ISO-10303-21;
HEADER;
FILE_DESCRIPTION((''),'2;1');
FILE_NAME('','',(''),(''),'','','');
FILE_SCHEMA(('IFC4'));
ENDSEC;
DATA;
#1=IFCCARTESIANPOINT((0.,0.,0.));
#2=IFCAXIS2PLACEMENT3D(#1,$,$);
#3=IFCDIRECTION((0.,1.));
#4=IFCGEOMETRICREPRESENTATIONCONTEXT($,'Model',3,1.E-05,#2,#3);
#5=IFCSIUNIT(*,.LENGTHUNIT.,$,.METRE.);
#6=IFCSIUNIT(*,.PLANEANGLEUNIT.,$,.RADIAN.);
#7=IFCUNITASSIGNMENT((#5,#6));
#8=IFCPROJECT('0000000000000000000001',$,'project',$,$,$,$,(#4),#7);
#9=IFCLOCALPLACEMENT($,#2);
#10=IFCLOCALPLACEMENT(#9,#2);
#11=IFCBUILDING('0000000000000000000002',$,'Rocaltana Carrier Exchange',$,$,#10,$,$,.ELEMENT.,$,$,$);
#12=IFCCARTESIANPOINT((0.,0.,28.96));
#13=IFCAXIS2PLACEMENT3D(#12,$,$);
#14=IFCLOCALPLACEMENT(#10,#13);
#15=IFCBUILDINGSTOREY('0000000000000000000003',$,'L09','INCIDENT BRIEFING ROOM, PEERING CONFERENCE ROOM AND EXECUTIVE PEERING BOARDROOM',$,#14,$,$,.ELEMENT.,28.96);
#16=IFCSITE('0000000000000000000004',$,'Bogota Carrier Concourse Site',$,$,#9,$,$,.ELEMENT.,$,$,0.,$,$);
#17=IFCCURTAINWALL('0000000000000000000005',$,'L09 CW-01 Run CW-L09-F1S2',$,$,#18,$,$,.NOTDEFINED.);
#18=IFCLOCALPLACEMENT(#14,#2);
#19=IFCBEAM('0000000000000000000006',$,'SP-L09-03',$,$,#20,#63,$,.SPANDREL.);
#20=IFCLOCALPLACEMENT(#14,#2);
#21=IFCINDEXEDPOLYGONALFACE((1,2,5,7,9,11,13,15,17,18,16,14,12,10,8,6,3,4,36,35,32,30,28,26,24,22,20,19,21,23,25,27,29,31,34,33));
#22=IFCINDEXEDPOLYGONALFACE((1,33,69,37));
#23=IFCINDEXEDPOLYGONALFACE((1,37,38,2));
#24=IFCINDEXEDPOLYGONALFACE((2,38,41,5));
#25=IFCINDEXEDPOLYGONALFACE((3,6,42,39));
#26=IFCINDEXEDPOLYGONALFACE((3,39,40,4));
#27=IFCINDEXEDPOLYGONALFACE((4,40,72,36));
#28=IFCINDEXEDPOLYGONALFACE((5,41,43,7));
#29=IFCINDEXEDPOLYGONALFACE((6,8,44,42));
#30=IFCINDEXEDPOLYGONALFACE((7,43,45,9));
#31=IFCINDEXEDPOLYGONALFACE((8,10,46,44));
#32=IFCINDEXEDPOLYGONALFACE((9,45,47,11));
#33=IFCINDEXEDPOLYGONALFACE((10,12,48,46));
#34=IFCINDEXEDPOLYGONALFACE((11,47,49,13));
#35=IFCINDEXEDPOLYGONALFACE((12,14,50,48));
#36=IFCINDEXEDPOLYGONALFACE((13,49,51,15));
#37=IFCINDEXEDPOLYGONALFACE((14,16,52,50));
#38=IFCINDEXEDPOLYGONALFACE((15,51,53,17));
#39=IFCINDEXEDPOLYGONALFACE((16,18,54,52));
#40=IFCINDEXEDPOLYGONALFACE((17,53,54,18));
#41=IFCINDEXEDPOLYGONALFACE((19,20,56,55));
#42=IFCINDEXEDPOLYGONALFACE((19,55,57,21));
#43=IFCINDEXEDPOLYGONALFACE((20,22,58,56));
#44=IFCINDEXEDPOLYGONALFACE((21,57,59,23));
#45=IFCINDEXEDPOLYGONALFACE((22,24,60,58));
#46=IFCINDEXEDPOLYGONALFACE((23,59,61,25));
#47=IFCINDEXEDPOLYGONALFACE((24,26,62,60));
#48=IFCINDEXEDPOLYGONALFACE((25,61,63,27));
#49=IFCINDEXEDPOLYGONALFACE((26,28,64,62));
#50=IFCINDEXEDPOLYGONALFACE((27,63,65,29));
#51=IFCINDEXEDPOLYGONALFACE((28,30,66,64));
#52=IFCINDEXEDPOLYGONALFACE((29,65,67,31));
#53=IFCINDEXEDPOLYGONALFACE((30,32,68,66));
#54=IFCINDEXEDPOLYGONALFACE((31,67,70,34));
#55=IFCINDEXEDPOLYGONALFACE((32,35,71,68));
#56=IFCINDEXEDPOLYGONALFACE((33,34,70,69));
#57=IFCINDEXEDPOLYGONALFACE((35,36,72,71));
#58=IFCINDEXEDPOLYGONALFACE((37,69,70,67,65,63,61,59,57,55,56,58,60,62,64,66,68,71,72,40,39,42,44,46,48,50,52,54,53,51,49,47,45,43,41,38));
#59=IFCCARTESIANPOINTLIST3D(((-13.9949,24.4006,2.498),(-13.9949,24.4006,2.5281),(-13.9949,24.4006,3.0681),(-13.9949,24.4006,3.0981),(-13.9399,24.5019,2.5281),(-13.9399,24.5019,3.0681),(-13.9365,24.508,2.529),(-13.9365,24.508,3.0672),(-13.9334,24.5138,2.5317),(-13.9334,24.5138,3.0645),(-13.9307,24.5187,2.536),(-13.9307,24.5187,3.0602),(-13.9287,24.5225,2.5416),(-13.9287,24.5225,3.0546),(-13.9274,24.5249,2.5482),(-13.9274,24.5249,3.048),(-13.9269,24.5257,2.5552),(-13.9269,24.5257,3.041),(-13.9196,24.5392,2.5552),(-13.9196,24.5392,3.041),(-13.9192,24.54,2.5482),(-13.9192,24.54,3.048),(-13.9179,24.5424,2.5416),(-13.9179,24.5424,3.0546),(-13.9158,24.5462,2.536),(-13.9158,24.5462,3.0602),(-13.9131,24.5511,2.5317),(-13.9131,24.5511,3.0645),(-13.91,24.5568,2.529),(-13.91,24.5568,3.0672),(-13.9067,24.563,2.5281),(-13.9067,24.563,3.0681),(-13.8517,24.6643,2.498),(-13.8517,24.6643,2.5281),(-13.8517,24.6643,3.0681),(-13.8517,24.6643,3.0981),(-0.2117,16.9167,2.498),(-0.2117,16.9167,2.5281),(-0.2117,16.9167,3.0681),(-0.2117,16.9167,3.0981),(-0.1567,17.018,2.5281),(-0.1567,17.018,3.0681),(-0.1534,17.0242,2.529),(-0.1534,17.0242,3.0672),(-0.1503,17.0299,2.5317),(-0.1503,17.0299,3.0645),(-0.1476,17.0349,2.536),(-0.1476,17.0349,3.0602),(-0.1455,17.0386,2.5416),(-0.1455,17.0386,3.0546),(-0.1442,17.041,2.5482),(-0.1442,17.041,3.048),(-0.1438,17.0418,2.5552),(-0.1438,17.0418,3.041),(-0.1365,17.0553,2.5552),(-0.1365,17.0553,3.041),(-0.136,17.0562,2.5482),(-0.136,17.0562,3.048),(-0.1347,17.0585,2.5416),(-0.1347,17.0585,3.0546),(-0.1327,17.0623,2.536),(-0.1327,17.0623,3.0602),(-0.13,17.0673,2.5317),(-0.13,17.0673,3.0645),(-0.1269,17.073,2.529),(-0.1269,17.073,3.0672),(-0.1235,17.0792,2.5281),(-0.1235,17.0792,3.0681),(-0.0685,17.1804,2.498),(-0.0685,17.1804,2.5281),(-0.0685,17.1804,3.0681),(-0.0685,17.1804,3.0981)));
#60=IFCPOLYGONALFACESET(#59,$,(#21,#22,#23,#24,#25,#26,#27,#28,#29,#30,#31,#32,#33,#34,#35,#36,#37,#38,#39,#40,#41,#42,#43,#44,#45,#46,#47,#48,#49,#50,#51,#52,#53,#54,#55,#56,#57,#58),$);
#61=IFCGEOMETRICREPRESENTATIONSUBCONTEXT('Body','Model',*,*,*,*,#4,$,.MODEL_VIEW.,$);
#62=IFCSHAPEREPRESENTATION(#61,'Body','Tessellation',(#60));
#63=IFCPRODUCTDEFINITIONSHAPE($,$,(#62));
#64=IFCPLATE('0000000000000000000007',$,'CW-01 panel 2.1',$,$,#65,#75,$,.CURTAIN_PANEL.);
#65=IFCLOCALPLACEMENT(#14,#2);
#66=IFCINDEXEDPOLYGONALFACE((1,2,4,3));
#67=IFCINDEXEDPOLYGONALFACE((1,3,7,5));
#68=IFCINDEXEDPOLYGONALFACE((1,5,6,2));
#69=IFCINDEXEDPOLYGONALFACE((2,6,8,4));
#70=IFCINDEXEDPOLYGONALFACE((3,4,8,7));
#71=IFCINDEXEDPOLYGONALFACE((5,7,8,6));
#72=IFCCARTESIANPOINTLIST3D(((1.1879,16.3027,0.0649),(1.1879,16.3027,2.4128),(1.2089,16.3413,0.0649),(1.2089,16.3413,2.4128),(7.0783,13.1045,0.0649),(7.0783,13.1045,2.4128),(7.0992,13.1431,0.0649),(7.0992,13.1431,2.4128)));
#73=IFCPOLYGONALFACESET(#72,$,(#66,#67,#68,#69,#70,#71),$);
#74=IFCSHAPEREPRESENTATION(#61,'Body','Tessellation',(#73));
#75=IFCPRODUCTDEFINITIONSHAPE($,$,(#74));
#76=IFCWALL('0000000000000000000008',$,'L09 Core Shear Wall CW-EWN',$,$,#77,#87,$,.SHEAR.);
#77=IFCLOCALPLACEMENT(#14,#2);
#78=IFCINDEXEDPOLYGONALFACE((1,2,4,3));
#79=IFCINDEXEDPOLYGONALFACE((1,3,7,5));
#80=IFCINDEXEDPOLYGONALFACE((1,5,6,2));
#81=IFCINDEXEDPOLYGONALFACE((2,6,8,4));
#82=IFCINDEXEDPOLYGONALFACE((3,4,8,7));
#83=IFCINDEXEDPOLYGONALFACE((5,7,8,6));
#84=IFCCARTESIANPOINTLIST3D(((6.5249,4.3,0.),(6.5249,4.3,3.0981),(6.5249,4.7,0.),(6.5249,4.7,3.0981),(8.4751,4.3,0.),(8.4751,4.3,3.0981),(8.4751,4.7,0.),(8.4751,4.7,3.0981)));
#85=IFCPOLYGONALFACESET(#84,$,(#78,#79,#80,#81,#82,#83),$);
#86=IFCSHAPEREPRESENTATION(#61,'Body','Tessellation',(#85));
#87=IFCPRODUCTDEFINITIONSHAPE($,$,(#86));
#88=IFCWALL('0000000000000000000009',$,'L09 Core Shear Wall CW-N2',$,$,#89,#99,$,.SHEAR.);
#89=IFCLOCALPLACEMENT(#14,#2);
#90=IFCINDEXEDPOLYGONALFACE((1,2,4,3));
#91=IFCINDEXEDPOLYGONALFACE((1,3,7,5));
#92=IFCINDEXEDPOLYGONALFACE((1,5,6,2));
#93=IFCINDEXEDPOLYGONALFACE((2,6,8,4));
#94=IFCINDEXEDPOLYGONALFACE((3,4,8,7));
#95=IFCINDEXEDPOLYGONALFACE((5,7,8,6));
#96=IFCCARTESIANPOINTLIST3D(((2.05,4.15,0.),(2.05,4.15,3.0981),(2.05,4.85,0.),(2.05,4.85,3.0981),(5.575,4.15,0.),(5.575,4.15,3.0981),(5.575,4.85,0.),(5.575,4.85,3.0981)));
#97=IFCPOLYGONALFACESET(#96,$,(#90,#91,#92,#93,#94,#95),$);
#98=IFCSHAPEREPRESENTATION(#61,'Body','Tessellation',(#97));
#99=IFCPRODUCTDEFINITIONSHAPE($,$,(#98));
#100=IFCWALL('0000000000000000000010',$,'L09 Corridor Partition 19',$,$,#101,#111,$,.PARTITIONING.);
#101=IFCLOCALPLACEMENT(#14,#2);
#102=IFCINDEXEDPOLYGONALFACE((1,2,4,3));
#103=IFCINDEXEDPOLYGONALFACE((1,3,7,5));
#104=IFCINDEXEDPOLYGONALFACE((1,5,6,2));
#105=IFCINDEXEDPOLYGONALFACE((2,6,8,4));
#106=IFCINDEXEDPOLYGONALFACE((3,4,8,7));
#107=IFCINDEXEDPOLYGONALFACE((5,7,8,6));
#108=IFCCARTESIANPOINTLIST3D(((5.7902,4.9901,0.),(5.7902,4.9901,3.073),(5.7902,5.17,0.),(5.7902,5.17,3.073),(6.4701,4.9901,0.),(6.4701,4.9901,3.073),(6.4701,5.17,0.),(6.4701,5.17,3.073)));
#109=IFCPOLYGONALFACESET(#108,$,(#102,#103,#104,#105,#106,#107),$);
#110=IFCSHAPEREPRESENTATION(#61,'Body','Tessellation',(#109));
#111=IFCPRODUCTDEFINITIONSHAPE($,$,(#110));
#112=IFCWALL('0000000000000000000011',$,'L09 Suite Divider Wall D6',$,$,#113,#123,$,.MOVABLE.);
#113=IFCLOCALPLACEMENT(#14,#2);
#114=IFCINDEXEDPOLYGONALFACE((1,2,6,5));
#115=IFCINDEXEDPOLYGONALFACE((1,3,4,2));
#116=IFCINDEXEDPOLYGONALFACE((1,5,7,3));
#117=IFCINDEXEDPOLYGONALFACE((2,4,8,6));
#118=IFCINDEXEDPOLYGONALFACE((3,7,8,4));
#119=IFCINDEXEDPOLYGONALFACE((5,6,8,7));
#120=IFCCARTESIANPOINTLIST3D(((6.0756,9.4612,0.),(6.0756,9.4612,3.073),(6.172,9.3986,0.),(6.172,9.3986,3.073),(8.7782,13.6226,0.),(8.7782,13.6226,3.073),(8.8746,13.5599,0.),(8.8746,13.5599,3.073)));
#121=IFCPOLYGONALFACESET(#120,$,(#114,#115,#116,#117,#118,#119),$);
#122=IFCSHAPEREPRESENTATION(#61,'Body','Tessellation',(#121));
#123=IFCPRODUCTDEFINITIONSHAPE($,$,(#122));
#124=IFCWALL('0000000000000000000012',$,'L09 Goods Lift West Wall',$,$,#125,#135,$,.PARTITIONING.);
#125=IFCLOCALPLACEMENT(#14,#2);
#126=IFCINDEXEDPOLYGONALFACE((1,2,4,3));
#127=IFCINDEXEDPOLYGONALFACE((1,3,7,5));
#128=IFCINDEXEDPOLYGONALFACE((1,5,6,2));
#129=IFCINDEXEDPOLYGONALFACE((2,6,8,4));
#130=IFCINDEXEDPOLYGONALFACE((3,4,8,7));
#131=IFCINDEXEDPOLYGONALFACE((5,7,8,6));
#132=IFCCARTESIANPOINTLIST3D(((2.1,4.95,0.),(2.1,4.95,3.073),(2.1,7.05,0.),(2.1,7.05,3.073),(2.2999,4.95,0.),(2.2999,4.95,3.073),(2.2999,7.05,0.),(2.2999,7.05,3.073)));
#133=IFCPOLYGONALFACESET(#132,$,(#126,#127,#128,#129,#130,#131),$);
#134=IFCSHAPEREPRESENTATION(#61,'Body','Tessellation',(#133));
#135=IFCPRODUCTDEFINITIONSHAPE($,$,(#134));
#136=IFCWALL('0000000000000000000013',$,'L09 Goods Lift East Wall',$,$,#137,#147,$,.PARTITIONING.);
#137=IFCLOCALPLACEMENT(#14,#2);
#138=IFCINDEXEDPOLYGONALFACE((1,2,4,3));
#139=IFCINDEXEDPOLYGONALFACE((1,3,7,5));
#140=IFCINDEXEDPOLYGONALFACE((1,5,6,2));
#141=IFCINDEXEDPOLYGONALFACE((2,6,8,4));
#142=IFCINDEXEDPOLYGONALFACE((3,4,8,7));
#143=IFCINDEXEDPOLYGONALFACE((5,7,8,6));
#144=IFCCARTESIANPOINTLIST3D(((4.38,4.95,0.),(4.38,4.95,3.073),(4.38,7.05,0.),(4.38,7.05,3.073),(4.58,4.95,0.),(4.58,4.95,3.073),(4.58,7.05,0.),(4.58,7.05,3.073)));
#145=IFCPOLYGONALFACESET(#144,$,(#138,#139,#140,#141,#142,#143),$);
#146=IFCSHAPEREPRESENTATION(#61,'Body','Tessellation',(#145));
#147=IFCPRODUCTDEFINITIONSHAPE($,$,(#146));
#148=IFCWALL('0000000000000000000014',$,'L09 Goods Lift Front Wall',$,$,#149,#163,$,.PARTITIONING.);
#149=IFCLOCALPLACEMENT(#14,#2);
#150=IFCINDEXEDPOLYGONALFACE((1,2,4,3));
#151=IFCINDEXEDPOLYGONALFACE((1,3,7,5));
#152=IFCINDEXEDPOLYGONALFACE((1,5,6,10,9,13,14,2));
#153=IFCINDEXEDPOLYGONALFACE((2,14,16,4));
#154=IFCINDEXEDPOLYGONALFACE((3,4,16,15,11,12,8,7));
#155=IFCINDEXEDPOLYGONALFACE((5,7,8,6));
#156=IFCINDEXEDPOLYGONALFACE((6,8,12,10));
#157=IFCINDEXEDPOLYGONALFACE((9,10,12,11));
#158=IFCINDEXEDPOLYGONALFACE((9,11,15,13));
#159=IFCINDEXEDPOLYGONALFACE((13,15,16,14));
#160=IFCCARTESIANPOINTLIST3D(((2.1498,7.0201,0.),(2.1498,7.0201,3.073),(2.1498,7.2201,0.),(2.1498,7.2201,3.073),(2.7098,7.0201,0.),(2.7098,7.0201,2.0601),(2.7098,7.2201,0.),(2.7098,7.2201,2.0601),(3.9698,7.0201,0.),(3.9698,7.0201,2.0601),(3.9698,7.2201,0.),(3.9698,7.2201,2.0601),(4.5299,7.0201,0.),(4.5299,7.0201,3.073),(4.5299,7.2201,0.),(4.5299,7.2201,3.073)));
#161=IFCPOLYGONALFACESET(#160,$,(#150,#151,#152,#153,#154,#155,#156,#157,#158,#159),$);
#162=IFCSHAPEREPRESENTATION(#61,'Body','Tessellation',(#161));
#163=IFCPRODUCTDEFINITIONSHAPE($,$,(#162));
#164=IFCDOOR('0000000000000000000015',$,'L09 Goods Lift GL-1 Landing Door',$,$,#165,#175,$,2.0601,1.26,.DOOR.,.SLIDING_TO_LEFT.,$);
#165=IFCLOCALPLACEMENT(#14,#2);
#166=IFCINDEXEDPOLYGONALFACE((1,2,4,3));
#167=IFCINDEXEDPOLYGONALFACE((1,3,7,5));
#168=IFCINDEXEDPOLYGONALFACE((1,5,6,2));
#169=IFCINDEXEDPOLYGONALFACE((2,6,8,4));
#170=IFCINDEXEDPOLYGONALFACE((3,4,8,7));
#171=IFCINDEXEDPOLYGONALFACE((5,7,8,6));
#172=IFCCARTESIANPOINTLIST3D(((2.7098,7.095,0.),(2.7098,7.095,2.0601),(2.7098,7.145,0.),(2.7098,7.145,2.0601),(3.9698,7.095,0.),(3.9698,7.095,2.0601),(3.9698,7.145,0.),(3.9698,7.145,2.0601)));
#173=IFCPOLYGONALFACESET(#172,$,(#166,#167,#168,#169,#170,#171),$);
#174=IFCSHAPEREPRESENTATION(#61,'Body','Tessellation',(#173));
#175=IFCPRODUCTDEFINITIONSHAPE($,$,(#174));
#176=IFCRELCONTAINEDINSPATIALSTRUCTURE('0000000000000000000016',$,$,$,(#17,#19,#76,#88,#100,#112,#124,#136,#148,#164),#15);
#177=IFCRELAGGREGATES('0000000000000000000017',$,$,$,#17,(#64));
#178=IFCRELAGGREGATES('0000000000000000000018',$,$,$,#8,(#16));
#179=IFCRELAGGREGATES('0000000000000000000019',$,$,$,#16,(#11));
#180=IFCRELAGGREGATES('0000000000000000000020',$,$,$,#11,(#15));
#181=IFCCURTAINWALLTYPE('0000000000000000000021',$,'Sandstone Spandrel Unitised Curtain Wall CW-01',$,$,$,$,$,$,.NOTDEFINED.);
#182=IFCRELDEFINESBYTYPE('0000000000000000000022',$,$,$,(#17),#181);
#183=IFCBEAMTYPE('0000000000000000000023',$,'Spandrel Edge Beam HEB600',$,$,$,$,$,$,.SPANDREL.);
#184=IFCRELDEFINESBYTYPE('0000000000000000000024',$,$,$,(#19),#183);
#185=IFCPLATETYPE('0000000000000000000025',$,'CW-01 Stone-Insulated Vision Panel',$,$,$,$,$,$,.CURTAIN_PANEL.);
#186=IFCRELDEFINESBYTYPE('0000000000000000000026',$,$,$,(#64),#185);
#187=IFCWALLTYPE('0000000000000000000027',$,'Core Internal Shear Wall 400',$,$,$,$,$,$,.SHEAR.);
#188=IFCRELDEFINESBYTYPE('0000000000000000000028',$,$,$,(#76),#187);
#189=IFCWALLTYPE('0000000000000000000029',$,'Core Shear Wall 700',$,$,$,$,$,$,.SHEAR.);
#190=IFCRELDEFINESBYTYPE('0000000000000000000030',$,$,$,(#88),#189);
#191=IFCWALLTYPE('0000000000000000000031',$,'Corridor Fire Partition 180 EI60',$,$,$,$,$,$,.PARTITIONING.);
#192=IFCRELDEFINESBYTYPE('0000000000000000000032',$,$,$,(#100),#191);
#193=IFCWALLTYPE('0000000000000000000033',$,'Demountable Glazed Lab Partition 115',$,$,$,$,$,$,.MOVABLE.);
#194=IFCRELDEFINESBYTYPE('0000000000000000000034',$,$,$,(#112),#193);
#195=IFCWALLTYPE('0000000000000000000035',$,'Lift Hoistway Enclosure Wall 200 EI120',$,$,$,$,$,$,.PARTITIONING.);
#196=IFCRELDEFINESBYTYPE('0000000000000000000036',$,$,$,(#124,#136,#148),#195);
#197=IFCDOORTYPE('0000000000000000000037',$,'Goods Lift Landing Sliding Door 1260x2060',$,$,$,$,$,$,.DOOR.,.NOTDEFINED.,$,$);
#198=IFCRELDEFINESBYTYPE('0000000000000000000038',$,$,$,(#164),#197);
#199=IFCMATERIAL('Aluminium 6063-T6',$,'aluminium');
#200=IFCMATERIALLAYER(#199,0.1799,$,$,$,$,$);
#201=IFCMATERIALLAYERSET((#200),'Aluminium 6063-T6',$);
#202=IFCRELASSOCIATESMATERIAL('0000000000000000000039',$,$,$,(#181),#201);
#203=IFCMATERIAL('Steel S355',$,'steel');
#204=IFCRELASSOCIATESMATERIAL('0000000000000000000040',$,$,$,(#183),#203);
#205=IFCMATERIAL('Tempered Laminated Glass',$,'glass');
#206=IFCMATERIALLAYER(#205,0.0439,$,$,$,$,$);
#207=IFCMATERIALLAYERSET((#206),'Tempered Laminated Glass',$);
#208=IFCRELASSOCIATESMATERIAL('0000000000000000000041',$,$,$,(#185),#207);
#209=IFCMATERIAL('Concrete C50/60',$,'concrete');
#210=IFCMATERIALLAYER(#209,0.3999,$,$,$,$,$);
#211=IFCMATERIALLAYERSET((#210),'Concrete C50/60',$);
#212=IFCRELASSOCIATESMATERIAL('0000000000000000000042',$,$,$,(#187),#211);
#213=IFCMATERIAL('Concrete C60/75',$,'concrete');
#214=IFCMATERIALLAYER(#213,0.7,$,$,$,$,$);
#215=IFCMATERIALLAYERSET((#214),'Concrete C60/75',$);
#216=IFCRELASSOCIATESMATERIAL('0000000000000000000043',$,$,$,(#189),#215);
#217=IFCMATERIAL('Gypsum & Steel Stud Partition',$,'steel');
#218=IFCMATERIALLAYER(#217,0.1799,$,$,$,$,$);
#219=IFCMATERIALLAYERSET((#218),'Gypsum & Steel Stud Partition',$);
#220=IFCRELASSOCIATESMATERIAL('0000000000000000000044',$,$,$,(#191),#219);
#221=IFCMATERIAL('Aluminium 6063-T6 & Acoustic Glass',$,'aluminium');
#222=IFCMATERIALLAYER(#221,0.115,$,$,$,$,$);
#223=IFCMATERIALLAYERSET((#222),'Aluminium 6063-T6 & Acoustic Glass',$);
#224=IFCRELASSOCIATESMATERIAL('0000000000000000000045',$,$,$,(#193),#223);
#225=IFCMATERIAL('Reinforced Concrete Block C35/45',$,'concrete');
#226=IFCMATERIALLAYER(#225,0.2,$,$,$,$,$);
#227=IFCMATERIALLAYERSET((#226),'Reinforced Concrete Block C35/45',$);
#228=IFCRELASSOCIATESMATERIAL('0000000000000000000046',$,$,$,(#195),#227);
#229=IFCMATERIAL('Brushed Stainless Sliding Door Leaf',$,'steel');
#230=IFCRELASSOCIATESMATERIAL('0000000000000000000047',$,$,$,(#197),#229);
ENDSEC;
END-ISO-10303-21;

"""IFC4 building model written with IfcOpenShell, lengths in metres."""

from ifc_helpers import new_model, si_unit, direction, frame, frame_2d, origin, origin_2d, place, context, subcontext, project, spatial, rectangle, i_section, extrude, material, layer, layer_set, material_profile, profile_set, type_object, element, fill, aggregate, save


model = new_model("IFC4")

# Units and contexts
model_context = context("Model", 3, precision=1e-05, world=origin(), true_north=direction((0.0, 1.0)))
body_context = subcontext(model_context, "Body", "Model", "MODEL_VIEW")
ifc_project = project(units=[si_unit("LENGTHUNIT", "METRE"), si_unit("PLANEANGLEUNIT", "RADIAN")], contexts=[model_context])

# Site, building, storey
site_placement = place(None, origin())
site = spatial("IfcSite", under=ifc_project, at=site_placement, Name="Bogota Carrier Concourse Site", CompositionType="ELEMENT", RefElevation=0.0)
building_placement = place(site_placement, origin())
building = spatial("IfcBuilding", under=site, at=building_placement, Name="Rocaltana Carrier Exchange", CompositionType="ELEMENT")
storey_placement = place(building_placement, frame((0.0, 0.0, 28.96)))
storey = spatial("IfcBuildingStorey", under=building, at=storey_placement, Name="L09", Description="INCIDENT BRIEFING ROOM, PEERING CONFERENCE ROOM AND EXECUTIVE PEERING BOARDROOM", CompositionType="ELEMENT", Elevation=28.96)

# Curtain wall
ifc_material_1 = material(Name="Aluminium 6063-T6", Category="aluminium")
ifc_layer_1 = layer(ifc_material_1, 0.1799)
ifc_layer_set_1 = layer_set([ifc_layer_1], Name="Aluminium 6063-T6")
curtain_wall_type = type_object("IfcCurtainWallType", Name="Sandstone Spandrel Unitised Curtain Wall CW-01", PredefinedType="NOTDEFINED", material=ifc_layer_set_1)
curtain_wall_1_placement = place(storey_placement, origin())
curtain_wall_1 = element("IfcCurtainWall", 1, at=curtain_wall_1_placement, inside=storey, type_object=curtain_wall_type, Name="L09 CW-01 Run CW-L09-F1S2", PredefinedType="NOTDEFINED")

# Beam
ifc_material_2 = material(Name="Steel S355", Category="steel")
ifc_material_profile_1 = material_profile(ifc_material_2, i_section(OverallWidth=0.3, OverallDepth=0.6001, WebThickness=0.0154, FlangeThickness=0.03, FilletRadius=0.0271, at=origin_2d()), Name="HEB600")
ifc_profile_set_1 = profile_set([ifc_material_profile_1], Name="Steel S355")
beam_type_1 = type_object("IfcBeamType", Name="Spandrel Edge Beam HEB600", PredefinedType="SPANDREL", material=ifc_profile_set_1)
beam_1_placement = place(storey_placement, frame((-0.1401, 17.0486, 2.7981), z_axis=(-0.878811, 0.477169, 0.0), x_axis=(-0.477169, -0.878811, 0.0)))
element("IfcBeam", 2, at=beam_1_placement, inside=storey, type_object=beam_type_1, Name="SP-L09-03", PredefinedType="SPANDREL", context=body_context, shape_type="SweptSolid", body=[
    extrude(i_section(OverallWidth=0.3, OverallDepth=0.6001, WebThickness=0.0154, FlangeThickness=0.03, FilletRadius=0.0271, at=origin_2d()), origin(), (0.0, 0.0, 1.0), 15.6838),
])

# Plate
ifc_material_3 = material(Name="Tempered Laminated Glass", Category="glass")
ifc_layer_2 = layer(ifc_material_3, 0.0439)
ifc_layer_set_2 = layer_set([ifc_layer_2], Name="Tempered Laminated Glass")
plate_type = type_object("IfcPlateType", Name="CW-01 Stone-Insulated Vision Panel", PredefinedType="CURTAIN_PANEL", material=ifc_layer_set_2)
plate_placement = place(storey_placement, frame((4.1436, 14.7229, 0.0649), z_axis=(0.0, 0.0, 1.0), x_axis=(-0.878814, 0.477164, 0.0)))
plate = element("IfcPlate", 3, at=plate_placement, type_object=plate_type, Name="CW-01 panel 2.1", PredefinedType="CURTAIN_PANEL", context=body_context, shape_type="SweptSolid", body=[
    extrude(rectangle(XDim=6.7026, YDim=0.0439, at=origin_2d()), origin(), (0.0, 0.0, 1.0), 2.3479),
])
aggregate(curtain_wall_1, [plate])

# Walls
ifc_material_4 = material(Name="Concrete C50/60", Category="concrete")
ifc_layer_3 = layer(ifc_material_4, 0.3999)
ifc_layer_set_3 = layer_set([ifc_layer_3], Name="Concrete C50/60")
wall_type_1 = type_object("IfcWallType", Name="Core Internal Shear Wall 400", PredefinedType="SHEAR", material=ifc_layer_set_3)
wall_1_placement = place(storey_placement, frame((6.5249, 4.5, 0.0), z_axis=(0.0, 0.0, 1.0), x_axis=(1.0, 0.0, 0.0)))
element("IfcWall", 4, at=wall_1_placement, inside=storey, type_object=wall_type_1, Name="L09 Core Shear Wall CW-EWN", PredefinedType="SHEAR", context=body_context, shape_type="SweptSolid", body=[
    extrude(rectangle(XDim=1.9502, YDim=0.3999, at=frame_2d((0.9751, 0.0))), origin(), (0.0, 0.0, 1.0), 3.0981),
])
ifc_material_5 = material(Name="Concrete C60/75", Category="concrete")
ifc_layer_4 = layer(ifc_material_5, 0.7)
ifc_layer_set_4 = layer_set([ifc_layer_4], Name="Concrete C60/75")
wall_type_2 = type_object("IfcWallType", Name="Core Shear Wall 700", PredefinedType="SHEAR", material=ifc_layer_set_4)
wall_2_placement = place(storey_placement, frame((2.05, 4.5, 0.0), z_axis=(0.0, 0.0, 1.0), x_axis=(1.0, 0.0, 0.0)))
element("IfcWall", 5, at=wall_2_placement, inside=storey, type_object=wall_type_2, Name="L09 Core Shear Wall CW-N2", PredefinedType="SHEAR", context=body_context, shape_type="SweptSolid", body=[
    extrude(rectangle(XDim=3.5249, YDim=0.7, at=frame_2d((1.7625, 0.0))), origin(), (0.0, 0.0, 1.0), 3.0981),
])
ifc_material_6 = material(Name="Gypsum & Steel Stud Partition", Category="steel")
ifc_layer_5 = layer(ifc_material_6, 0.1799)
ifc_layer_set_5 = layer_set([ifc_layer_5], Name="Gypsum & Steel Stud Partition")
wall_type_3 = type_object("IfcWallType", Name="Corridor Fire Partition 180 EI60", PredefinedType="PARTITIONING", material=ifc_layer_set_5)
wall_3_placement = place(storey_placement, frame((6.47, 5.0801, 0.0), z_axis=(0.0, 0.0, 1.0), x_axis=(-1.0, 0.0, 0.0)))
element("IfcWall", 6, at=wall_3_placement, inside=storey, type_object=wall_type_3, Name="L09 Corridor Partition 19", PredefinedType="PARTITIONING", context=body_context, shape_type="SweptSolid", body=[
    extrude(rectangle(XDim=0.6799, YDim=0.1799, at=frame_2d((0.3398, 0.0))), origin(), (0.0, 0.0, 1.0), 3.073),
])
ifc_material_7 = material(Name="Aluminium 6063-T6 & Acoustic Glass", Category="aluminium")
ifc_layer_6 = layer(ifc_material_7, 0.115)
ifc_layer_set_6 = layer_set([ifc_layer_6], Name="Aluminium 6063-T6 & Acoustic Glass")
wall_type_4 = type_object("IfcWallType", Name="Demountable Glazed Lab Partition 115", PredefinedType="MOVABLE", material=ifc_layer_set_6)
wall_4_placement = place(storey_placement, frame((6.1238, 9.4299, 0.0), z_axis=(0.0, 0.0, 1.0), x_axis=(0.544668, 0.838652, 0.0)))
element("IfcWall", 7, at=wall_4_placement, inside=storey, type_object=wall_type_4, Name="L09 Suite Divider Wall D6", PredefinedType="MOVABLE", context=body_context, shape_type="SweptSolid", body=[
    extrude(rectangle(XDim=4.9619, YDim=0.115, at=frame_2d((2.481, 0.0))), origin(), (0.0, 0.0, 1.0), 3.073),
])
ifc_material_8 = material(Name="Reinforced Concrete Block C35/45", Category="concrete")
ifc_layer_7 = layer(ifc_material_8, 0.2)
ifc_layer_set_7 = layer_set([ifc_layer_7], Name="Reinforced Concrete Block C35/45")
wall_type_5 = type_object("IfcWallType", Name="Lift Hoistway Enclosure Wall 200 EI120", PredefinedType="PARTITIONING", material=ifc_layer_set_7)
for number, where, z_axis, x_axis, name in (
    (8, (2.2, 4.95, 0.0), (0.0, 0.0, 1.0), (0.0, 1.0, 0.0), "L09 Goods Lift West Wall"),
    (9, (4.48, 4.95, 0.0), (0.0, 0.0, 1.0), (0.0, 1.0, 0.0), "L09 Goods Lift East Wall"),
):
    element("IfcWall", number, at=place(storey_placement, frame(where, z_axis=z_axis, x_axis=x_axis)), inside=storey, type_object=wall_type_5, Name=name, PredefinedType="PARTITIONING", context=body_context, shape_type="SweptSolid", body=[
        extrude(rectangle(XDim=2.1001, YDim=0.2, at=frame_2d((1.05, 0.0))), origin(), (0.0, 0.0, 1.0), 3.073),
    ])

# Wall, opening, door
wall_5_placement = place(storey_placement, frame((2.1499, 7.1201, 0.0), z_axis=(0.0, 0.0, 1.0), x_axis=(1.0, 0.0, 0.0)))
wall_5 = element("IfcWall", 10, at=wall_5_placement, inside=storey, type_object=wall_type_5, Name="L09 Goods Lift Front Wall", PredefinedType="PARTITIONING", context=body_context, shape_type="SweptSolid", body=[
    extrude(rectangle(XDim=2.3801, YDim=0.2, at=frame_2d((1.1899, 0.0))), origin(), (0.0, 0.0, 1.0), 3.073),
])
opening_1_placement = place(wall_5_placement, frame((0.5601, 0.0, 0.0)))
opening_1 = element("IfcOpeningElement", 11, at=opening_1_placement, cuts=wall_5, PredefinedType="OPENING", context=body_context, shape_type="SweptSolid", body=[
    extrude(rectangle(XDim=1.26, YDim=2.0601, at=frame_2d((0.6299, 1.03))), frame((0.0, 0.1099, 0.0), z_axis=(0.0, -1.0, 0.0), x_axis=(1.0, 0.0, 0.0)), (0.0, 0.0, 1.0), 0.22),
])
ifc_material_9 = material(Name="Brushed Stainless Sliding Door Leaf", Category="steel")
door_type_1 = type_object("IfcDoorType", Name="Goods Lift Landing Sliding Door 1260x2060", OperationType="NOTDEFINED", PredefinedType="DOOR", material=ifc_material_9)
door_1_placement = place(opening_1_placement, origin())
door_1 = element("IfcDoor", 12, at=door_1_placement, inside=storey, type_object=door_type_1, Name="L09 Goods Lift GL-1 Landing Door", OperationType="SLIDING_TO_LEFT", OverallHeight=2.0601, OverallWidth=1.26, PredefinedType="DOOR", context=body_context, shape_type="SweptSolid", body=[
    extrude(rectangle(XDim=1.26, YDim=2.0601, at=frame_2d((0.6299, 1.03))), frame((0.0, 0.0249, 0.0), z_axis=(0.0, -1.0, 0.0), x_axis=(1.0, 0.0, 0.0)), (0.0, 0.0, 1.0), 0.05),
])
fill(opening_1, door_1)

save(model, "model.ifc")
